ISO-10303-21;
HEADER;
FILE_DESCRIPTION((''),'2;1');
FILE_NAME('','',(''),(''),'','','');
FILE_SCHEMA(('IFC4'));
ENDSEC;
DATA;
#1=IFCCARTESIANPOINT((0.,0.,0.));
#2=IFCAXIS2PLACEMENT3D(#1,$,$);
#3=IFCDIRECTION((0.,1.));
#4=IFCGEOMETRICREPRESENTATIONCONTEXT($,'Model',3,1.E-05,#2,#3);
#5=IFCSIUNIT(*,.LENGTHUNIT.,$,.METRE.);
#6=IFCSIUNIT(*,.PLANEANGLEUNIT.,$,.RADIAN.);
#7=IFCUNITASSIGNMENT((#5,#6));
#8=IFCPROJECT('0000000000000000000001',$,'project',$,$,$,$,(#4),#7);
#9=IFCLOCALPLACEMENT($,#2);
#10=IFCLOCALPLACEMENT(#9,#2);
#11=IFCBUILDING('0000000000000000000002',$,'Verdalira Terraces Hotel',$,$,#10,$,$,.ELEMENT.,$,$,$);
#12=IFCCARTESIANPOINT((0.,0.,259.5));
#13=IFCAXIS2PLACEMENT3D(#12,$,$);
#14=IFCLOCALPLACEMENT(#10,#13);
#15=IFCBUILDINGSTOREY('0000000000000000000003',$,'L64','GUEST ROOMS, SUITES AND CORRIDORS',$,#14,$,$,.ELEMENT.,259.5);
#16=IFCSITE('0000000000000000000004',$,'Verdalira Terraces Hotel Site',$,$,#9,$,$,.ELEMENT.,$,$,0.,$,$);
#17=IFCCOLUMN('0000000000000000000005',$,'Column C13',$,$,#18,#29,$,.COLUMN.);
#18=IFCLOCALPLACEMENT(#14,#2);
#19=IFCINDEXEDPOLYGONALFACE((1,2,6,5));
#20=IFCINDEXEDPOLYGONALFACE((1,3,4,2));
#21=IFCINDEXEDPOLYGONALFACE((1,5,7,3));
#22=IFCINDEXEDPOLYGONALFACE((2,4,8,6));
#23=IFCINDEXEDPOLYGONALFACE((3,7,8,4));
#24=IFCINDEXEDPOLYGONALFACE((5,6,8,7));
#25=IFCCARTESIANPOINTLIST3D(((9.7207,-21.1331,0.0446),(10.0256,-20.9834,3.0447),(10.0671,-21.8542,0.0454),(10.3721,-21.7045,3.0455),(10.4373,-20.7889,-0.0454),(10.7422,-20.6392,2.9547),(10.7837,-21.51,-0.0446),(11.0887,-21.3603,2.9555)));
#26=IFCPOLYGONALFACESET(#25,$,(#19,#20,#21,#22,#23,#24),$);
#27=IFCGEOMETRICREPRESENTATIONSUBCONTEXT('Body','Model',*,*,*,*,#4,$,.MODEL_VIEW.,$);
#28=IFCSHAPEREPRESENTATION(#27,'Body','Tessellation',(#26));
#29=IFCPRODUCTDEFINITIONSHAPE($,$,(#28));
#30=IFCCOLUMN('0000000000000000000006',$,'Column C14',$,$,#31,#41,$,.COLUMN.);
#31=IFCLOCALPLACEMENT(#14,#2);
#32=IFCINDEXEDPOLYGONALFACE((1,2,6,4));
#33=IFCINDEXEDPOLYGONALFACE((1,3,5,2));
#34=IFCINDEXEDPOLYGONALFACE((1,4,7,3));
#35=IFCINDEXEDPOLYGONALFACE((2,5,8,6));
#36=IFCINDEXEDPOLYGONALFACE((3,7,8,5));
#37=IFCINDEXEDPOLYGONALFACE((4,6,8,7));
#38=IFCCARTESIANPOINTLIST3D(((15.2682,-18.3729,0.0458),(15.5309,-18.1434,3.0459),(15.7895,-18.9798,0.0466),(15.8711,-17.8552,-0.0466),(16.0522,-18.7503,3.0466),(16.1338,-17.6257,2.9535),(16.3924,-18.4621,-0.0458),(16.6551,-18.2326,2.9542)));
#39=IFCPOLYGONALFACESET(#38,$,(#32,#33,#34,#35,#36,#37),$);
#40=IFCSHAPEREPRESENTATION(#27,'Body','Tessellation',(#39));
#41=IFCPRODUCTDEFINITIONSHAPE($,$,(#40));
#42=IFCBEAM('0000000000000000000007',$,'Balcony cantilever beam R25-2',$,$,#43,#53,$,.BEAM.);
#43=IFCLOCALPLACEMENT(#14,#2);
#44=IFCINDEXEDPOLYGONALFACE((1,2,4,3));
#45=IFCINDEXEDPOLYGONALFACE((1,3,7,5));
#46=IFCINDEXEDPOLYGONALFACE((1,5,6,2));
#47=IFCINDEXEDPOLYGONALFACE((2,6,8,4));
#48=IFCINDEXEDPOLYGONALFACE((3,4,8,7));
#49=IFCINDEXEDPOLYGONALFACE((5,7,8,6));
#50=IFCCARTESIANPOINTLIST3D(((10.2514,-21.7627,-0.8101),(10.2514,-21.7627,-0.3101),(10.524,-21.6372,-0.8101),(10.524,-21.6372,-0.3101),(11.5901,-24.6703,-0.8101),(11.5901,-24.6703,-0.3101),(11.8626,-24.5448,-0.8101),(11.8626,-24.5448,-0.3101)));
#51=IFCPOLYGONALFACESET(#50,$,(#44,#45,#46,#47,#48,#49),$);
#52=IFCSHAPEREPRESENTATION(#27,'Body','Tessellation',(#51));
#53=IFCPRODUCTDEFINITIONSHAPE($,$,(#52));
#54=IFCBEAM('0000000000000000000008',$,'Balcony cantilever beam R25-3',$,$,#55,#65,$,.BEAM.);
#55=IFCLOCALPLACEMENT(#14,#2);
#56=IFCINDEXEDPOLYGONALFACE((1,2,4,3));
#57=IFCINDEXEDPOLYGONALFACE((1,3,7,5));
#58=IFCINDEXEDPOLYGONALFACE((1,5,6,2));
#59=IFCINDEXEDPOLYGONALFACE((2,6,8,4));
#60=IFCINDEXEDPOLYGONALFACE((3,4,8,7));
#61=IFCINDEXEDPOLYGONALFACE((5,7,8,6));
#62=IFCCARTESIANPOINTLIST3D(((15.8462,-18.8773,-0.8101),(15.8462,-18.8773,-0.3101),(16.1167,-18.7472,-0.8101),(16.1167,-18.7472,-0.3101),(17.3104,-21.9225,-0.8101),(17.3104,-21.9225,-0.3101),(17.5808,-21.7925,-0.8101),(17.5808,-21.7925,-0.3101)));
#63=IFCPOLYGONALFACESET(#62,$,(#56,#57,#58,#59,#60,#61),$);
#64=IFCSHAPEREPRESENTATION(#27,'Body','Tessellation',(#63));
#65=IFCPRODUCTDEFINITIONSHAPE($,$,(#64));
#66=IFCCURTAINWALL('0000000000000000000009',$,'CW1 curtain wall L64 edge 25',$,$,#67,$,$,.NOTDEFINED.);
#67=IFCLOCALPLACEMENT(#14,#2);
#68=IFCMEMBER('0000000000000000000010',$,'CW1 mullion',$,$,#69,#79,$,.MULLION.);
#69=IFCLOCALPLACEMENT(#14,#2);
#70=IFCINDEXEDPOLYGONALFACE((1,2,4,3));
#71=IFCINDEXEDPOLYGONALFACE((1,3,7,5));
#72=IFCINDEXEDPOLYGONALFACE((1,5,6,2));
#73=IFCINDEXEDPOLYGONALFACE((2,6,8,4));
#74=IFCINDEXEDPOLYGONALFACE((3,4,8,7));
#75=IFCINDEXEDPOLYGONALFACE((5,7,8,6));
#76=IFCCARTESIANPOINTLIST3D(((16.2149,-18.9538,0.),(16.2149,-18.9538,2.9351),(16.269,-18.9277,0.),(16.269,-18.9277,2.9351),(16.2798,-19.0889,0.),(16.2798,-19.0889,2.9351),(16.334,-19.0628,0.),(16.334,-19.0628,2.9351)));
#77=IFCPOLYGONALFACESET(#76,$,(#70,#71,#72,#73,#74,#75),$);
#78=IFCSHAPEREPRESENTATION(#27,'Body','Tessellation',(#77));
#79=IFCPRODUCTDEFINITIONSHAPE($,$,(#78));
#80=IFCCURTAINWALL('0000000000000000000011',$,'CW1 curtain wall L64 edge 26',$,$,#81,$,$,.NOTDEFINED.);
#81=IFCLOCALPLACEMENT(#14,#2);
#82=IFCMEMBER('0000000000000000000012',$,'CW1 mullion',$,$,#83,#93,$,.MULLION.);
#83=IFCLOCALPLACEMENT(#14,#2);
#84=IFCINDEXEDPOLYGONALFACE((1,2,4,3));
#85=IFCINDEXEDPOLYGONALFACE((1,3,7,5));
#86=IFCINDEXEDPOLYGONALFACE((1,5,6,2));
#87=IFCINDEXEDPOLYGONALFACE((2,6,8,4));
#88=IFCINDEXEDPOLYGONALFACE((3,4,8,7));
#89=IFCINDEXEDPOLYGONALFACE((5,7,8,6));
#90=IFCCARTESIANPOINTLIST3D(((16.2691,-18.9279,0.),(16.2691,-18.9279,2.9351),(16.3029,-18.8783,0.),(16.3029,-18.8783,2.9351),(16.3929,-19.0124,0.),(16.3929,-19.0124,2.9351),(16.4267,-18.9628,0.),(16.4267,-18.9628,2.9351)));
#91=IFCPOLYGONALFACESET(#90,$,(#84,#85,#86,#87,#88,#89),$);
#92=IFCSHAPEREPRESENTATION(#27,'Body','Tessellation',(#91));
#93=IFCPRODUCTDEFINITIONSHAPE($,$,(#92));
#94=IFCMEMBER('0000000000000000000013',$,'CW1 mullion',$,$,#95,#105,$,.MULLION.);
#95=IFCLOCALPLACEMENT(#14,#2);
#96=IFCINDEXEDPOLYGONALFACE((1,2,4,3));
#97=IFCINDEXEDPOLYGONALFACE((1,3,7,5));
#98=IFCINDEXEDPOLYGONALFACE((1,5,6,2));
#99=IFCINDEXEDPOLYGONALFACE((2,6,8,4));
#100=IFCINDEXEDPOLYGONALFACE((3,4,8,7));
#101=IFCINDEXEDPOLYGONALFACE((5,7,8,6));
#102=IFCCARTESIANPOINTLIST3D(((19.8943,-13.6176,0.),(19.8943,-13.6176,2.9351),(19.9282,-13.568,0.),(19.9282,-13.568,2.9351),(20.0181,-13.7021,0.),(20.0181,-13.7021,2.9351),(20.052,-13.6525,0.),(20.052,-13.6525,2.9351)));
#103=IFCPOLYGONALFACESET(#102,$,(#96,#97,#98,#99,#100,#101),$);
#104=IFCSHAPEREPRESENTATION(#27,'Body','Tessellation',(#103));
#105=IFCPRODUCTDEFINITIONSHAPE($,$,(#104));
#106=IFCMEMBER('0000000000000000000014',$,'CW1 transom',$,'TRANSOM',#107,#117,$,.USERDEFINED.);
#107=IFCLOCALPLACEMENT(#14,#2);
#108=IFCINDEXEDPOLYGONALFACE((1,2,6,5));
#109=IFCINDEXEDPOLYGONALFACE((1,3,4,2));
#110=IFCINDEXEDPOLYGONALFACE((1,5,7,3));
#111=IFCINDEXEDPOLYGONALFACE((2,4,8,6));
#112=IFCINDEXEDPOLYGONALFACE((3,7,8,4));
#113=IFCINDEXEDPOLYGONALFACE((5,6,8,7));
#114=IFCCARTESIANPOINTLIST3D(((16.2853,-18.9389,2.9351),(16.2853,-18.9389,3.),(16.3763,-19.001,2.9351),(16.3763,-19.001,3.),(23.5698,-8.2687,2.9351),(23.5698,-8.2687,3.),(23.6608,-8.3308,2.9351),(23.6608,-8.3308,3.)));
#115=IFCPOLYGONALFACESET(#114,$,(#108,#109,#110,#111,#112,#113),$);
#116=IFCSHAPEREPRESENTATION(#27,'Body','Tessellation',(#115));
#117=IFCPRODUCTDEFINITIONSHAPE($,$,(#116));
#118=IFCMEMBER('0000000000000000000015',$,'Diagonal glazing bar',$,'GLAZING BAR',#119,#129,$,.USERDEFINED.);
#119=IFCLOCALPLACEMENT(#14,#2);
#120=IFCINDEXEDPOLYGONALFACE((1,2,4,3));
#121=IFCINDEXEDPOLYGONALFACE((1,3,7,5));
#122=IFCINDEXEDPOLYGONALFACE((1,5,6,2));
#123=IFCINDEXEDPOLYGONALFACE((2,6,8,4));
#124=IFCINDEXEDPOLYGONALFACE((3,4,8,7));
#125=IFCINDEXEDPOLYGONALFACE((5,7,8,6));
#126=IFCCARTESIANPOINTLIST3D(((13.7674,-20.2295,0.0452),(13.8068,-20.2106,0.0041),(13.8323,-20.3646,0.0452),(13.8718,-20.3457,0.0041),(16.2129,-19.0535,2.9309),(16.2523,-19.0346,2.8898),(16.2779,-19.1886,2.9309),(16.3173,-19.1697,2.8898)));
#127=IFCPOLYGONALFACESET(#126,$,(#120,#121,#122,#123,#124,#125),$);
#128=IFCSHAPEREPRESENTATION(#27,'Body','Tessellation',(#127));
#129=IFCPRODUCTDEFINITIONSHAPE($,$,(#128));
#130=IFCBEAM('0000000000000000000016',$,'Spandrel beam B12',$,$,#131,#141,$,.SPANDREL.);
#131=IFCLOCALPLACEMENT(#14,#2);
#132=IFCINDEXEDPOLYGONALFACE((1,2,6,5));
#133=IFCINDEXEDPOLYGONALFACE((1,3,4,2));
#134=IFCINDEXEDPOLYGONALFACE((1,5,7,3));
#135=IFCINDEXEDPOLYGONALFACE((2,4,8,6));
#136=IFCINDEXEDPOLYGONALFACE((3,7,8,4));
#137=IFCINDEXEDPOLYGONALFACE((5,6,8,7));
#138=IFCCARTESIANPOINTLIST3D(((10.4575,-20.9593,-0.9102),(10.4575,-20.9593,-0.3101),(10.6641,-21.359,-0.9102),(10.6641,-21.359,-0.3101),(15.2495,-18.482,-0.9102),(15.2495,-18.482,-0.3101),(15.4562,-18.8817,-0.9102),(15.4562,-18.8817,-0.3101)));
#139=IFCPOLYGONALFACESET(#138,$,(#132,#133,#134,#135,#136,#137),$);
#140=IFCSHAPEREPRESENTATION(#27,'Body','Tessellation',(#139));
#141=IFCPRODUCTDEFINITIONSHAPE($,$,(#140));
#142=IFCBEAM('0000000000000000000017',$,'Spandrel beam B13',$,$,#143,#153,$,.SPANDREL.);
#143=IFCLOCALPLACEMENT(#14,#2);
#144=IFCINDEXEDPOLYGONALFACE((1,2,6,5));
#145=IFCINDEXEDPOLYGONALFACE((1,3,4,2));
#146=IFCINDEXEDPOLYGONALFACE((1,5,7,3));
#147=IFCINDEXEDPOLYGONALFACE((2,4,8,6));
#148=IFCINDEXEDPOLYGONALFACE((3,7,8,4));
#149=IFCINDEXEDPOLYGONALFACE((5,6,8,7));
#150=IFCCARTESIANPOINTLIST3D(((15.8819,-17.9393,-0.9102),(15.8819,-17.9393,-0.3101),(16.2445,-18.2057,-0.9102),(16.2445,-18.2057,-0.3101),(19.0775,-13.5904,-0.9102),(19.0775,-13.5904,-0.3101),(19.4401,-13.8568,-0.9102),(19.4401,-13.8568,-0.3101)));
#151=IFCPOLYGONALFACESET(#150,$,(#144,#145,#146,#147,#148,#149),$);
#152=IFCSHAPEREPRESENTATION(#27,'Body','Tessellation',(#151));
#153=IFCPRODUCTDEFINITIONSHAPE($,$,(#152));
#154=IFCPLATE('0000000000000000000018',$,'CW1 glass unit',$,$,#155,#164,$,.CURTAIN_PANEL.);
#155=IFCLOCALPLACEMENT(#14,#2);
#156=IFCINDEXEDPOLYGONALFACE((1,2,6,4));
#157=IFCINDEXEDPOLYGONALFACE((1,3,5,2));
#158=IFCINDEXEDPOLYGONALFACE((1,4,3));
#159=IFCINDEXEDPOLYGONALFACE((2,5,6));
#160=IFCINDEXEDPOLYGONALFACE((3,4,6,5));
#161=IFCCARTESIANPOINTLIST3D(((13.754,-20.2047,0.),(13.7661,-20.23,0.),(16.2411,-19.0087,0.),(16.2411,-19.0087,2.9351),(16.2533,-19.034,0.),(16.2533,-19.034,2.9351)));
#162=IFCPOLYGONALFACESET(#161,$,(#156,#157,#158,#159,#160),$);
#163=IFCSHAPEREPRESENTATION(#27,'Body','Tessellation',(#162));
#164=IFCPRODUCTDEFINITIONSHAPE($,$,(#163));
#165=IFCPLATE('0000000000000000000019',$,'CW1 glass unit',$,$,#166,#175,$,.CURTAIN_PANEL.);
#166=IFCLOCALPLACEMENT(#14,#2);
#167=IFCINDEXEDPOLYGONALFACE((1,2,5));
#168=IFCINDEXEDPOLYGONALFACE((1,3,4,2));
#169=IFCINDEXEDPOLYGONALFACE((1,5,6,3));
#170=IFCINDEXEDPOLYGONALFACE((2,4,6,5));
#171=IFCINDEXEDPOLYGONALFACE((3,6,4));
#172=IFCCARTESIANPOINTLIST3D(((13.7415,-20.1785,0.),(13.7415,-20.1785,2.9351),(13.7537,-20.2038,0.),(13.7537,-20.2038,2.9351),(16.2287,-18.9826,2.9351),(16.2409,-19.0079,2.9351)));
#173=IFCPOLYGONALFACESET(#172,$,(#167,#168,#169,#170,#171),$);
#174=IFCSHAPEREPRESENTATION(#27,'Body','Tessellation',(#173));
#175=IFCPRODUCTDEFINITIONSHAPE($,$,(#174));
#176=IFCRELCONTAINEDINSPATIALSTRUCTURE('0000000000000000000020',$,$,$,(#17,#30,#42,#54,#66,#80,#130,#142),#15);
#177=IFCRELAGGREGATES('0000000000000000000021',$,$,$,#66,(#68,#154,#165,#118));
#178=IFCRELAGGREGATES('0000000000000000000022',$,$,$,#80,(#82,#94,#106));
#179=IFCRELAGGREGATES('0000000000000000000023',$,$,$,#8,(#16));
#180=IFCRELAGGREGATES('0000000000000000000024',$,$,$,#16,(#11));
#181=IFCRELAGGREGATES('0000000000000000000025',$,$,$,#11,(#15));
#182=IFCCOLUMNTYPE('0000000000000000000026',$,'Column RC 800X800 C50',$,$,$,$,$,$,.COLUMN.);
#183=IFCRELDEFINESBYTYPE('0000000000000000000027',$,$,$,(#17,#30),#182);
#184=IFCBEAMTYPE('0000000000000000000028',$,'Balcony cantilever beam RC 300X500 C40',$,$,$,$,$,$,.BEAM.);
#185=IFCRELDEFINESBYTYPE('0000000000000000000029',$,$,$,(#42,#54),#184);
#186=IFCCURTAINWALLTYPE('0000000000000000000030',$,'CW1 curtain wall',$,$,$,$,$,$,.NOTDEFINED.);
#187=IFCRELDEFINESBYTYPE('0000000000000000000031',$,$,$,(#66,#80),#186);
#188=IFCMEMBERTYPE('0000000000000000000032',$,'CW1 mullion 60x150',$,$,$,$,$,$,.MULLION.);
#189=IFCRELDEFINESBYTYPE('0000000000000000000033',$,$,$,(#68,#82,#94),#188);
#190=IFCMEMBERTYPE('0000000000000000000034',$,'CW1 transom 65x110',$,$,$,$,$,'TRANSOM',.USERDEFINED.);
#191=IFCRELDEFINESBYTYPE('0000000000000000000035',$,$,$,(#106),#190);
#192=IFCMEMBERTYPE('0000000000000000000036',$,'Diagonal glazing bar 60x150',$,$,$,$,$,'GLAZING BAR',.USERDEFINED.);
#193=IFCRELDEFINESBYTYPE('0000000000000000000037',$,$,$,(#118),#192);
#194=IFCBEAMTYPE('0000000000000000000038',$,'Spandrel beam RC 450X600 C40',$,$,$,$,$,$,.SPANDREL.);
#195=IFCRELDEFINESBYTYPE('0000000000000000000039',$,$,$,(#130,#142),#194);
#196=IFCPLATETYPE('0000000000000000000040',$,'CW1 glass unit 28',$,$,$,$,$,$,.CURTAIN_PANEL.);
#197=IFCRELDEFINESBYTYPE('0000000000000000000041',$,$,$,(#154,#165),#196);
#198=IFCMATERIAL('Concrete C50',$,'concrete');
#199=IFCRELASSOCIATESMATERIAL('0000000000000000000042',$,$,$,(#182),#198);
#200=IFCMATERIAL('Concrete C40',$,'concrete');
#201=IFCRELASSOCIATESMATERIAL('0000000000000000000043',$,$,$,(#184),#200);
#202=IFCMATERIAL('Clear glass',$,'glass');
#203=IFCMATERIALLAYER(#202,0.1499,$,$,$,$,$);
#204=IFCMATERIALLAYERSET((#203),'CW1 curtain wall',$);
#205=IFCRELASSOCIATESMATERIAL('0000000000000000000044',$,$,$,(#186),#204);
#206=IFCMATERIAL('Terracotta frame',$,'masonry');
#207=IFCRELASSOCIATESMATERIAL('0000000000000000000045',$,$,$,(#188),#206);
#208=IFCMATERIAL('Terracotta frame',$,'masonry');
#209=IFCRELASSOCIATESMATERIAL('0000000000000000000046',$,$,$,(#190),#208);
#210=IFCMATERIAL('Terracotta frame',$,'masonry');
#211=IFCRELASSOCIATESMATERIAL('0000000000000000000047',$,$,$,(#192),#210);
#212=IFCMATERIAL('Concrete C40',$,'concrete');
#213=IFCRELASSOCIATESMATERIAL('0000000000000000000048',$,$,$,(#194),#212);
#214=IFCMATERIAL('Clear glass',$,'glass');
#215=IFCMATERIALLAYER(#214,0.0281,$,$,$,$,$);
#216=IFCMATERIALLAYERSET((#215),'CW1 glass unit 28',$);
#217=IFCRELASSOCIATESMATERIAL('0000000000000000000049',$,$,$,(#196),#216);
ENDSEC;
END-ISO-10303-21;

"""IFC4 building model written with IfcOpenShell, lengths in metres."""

from ifc_helpers import new_model, si_unit, direction, frame, origin, origin_2d, place, context, subcontext, project, spatial, polyline, rectangle, outline, extrude, material, layer, layer_set, material_profile, profile_set, type_object, element, aggregate, save


model = new_model("IFC4")

# Units and contexts
model_context = context("Model", 3, precision=1e-05, world=origin(), true_north=direction((0.0, 1.0)))
body_context = subcontext(model_context, "Body", "Model", "MODEL_VIEW")
ifc_project = project(units=[si_unit("LENGTHUNIT", "METRE"), si_unit("PLANEANGLEUNIT", "RADIAN")], contexts=[model_context])

# Site, building, storey
site_placement = place(None, origin())
site = spatial("IfcSite", under=ifc_project, at=site_placement, Name="Verdalira Terraces Hotel Site", CompositionType="ELEMENT", RefElevation=0.0)
building_placement = place(site_placement, origin())
building = spatial("IfcBuilding", under=site, at=building_placement, Name="Verdalira Terraces Hotel", CompositionType="ELEMENT")
storey_placement = place(building_placement, frame((0.0, 0.0, 259.5)))
storey = spatial("IfcBuildingStorey", under=building, at=storey_placement, Name="L64", Description="GUEST ROOMS, SUITES AND CORRIDORS", CompositionType="ELEMENT", Elevation=259.5)

# Columns
ifc_material_1 = material(Name="Concrete C50", Category="concrete")
ifc_material_profile_1 = material_profile(ifc_material_1, rectangle(XDim=0.8, YDim=0.8, at=origin_2d()), Name="RC 800X800")
ifc_profile_set_1 = profile_set([ifc_material_profile_1], Name="Concrete C50")
column_type = type_object("IfcColumnType", Name="Column RC 800X800 C50", PredefinedType="COLUMN", material=ifc_profile_set_1)
column_1_placement = place(storey_placement, frame((10.2522, -21.3215, 0.0), z_axis=(0.100999, 0.049569, 0.993651), x_axis=(0.895693, 0.430207, -0.112503)))
element("IfcColumn", 1, at=column_1_placement, inside=storey, type_object=column_type, Name="Column C13", PredefinedType="COLUMN", context=body_context, shape_type="SweptSolid", body=[
    extrude(rectangle(XDim=0.8, YDim=0.8, at=origin_2d()), origin(), (0.0, 0.0, 1.0), 3.0193),
])
column_2_placement = place(storey_placement, frame((15.8303, -18.4175, 0.0), z_axis=(0.086979, 0.075985, 0.993308), x_axis=(-0.753579, -0.647133, 0.115491)))
element("IfcColumn", 2, at=column_2_placement, inside=storey, type_object=column_type, Name="Column C14", PredefinedType="COLUMN", context=body_context, shape_type="SweptSolid", body=[
    extrude(rectangle(XDim=0.8, YDim=0.8, at=origin_2d()), origin(), (0.0, 0.0, 1.0), 3.0203),
])

# Beams
ifc_material_2 = material(Name="Concrete C40", Category="concrete")
ifc_material_profile_2 = material_profile(ifc_material_2, rectangle(XDim=0.3, YDim=0.5, at=origin_2d()), Name="RC 300X500")
ifc_profile_set_2 = profile_set([ifc_material_profile_2], Name="Concrete C40")
beam_type_1 = type_object("IfcBeamType", Name="Balcony cantilever beam RC 300X500 C40", PredefinedType="BEAM", material=ifc_profile_set_2)
beam_1_placement = place(storey_placement, frame((10.3877, -21.7, -0.5601), z_axis=(0.418212, -0.90835, 0.0), x_axis=(0.90835, 0.418212, 0.0)))
element("IfcBeam", 3, at=beam_1_placement, inside=storey, type_object=beam_type_1, Name="Balcony cantilever beam R25-2", PredefinedType="BEAM", context=body_context, shape_type="SweptSolid", body=[
    extrude(rectangle(XDim=0.3, YDim=0.5, at=origin_2d()), origin(), (0.0, 0.0, 1.0), 3.2009),
])
beam_2_placement = place(storey_placement, frame((15.9814, -18.8123, -0.5601), z_axis=(0.433316, -0.901242, 0.0), x_axis=(0.901242, 0.433316, 0.0)))
element("IfcBeam", 4, at=beam_2_placement, inside=storey, type_object=beam_type_1, Name="Balcony cantilever beam R25-3", PredefinedType="BEAM", context=body_context, shape_type="SweptSolid", body=[
    extrude(rectangle(XDim=0.3, YDim=0.5, at=origin_2d()), origin(), (0.0, 0.0, 1.0), 3.3789),
])

# Curtain wall, member
ifc_material_3 = material(Name="Clear glass", Category="glass")
ifc_layer_1 = layer(ifc_material_3, 0.1499)
ifc_layer_set_1 = layer_set([ifc_layer_1], Name="CW1 curtain wall")
curtain_wall_type = type_object("IfcCurtainWallType", Name="CW1 curtain wall", PredefinedType="NOTDEFINED", material=ifc_layer_set_1)
curtain_wall_1_placement = place(storey_placement, origin())
curtain_wall_1 = element("IfcCurtainWall", 5, at=curtain_wall_1_placement, inside=storey, type_object=curtain_wall_type, Name="CW1 curtain wall L64 edge 25", PredefinedType="NOTDEFINED")
ifc_material_4 = material(Name="Terracotta frame", Category="masonry")
ifc_material_profile_3 = material_profile(ifc_material_4, rectangle(XDim=0.0601, YDim=0.1499, at=origin_2d()), Name="MU 60x150")
ifc_profile_set_3 = profile_set([ifc_material_profile_3], Name="Terracotta frame")
member_type_1 = type_object("IfcMemberType", Name="CW1 mullion 60x150", PredefinedType="MULLION", material=ifc_profile_set_3)
member_1_placement = place(storey_placement, frame((16.2744, -19.0083, 0.0), z_axis=(0.0, 0.0, 1.0), x_axis=(0.901228, 0.433345, 0.0)))
member_1 = element("IfcMember", 6, at=member_1_placement, type_object=member_type_1, Name="CW1 mullion", PredefinedType="MULLION", context=body_context, shape_type="SweptSolid", body=[
    extrude(rectangle(XDim=0.0601, YDim=0.1499, at=origin_2d()), origin(), (0.0, 0.0, 1.0), 2.9351),
])

# Curtain wall, members
curtain_wall_2_placement = place(storey_placement, origin())
curtain_wall_2 = element("IfcCurtainWall", 7, at=curtain_wall_2_placement, inside=storey, type_object=curtain_wall_type, Name="CW1 curtain wall L64 edge 26", PredefinedType="NOTDEFINED")
member_2_placement = place(storey_placement, frame((16.3479, -18.9453, 0.0), z_axis=(0.0, 0.0, 1.0), x_axis=(0.563814, 0.825902, 0.0)))
member_2 = element("IfcMember", 8, at=member_2_placement, type_object=member_type_1, Name="CW1 mullion", PredefinedType="MULLION", context=body_context, shape_type="SweptSolid", body=[
    extrude(rectangle(XDim=0.0601, YDim=0.1499, at=origin_2d()), origin(), (0.0, 0.0, 1.0), 2.9351),
])
member_3_placement = place(storey_placement, frame((19.9731, -13.635, 0.0), z_axis=(0.0, 0.0, 1.0), x_axis=(0.563814, 0.825902, 0.0)))
member_3 = element("IfcMember", 9, at=member_3_placement, type_object=member_type_1, Name="CW1 mullion", PredefinedType="MULLION", context=body_context, shape_type="SweptSolid", body=[
    extrude(rectangle(XDim=0.0601, YDim=0.1499, at=origin_2d()), origin(), (0.0, 0.0, 1.0), 2.9351),
])
ifc_material_5 = material(Name="Terracotta frame", Category="masonry")
ifc_material_profile_4 = material_profile(ifc_material_5, rectangle(XDim=0.1101, YDim=0.0649, at=origin_2d()), Name="TR 65x110")
ifc_profile_set_4 = profile_set([ifc_material_profile_4], Name="Terracotta frame")
member_type_2 = type_object("IfcMemberType", Name="CW1 transom 65x110", ElementType="TRANSOM", PredefinedType="USERDEFINED", material=ifc_profile_set_4)
member_4_placement = place(storey_placement, frame((16.3308, -18.97, 2.9675), z_axis=(0.563829, 0.825892, 0.0), x_axis=(-0.825892, 0.563829, 0.0)))
member_4 = element("IfcMember", 10, at=member_4_placement, type_object=member_type_2, Name="CW1 transom", ObjectType="TRANSOM", PredefinedType="USERDEFINED", context=body_context, shape_type="SweptSolid", body=[
    extrude(rectangle(XDim=0.1101, YDim=0.0649, at=origin_2d()), origin(), (0.0, 0.0, 1.0), 12.9197),
])

# Member
ifc_material_6 = material(Name="Terracotta frame", Category="masonry")
ifc_material_profile_5 = material_profile(ifc_material_6, rectangle(XDim=0.1499, YDim=0.0601, at=origin_2d()), Name="GB 60x150")
ifc_profile_set_5 = profile_set([ifc_material_profile_5], Name="Terracotta frame")
member_type_3 = type_object("IfcMemberType", Name="Diagonal glazing bar 60x150", ElementType="GLAZING BAR", PredefinedType="USERDEFINED", material=ifc_profile_set_5)
member_5_placement = place(storey_placement, frame((13.8196, -20.2876, 0.0247), z_axis=(0.617374, 0.296884, 0.728498), x_axis=(-0.433377, 0.901213, 0.0)))
member_5 = element("IfcMember", 11, at=member_5_placement, type_object=member_type_3, Name="Diagonal glazing bar", ObjectType="GLAZING BAR", PredefinedType="USERDEFINED", context=body_context, shape_type="SweptSolid", body=[
    extrude(rectangle(XDim=0.1499, YDim=0.0601, at=origin_2d()), origin(), (0.0, 0.0, 1.0), 3.9612),
])

# Beams
ifc_material_7 = material(Name="Concrete C40", Category="concrete")
ifc_material_profile_6 = material_profile(ifc_material_7, rectangle(XDim=0.45, YDim=0.6001, at=origin_2d()), Name="RC 450X600")
ifc_profile_set_6 = profile_set([ifc_material_profile_6], Name="Concrete C40")
beam_type_2 = type_object("IfcBeamType", Name="Spandrel beam RC 450X600 C40", PredefinedType="SPANDREL", material=ifc_profile_set_6)
beam_3_placement = place(storey_placement, frame((10.5608, -21.1592, -0.6101), z_axis=(0.888318, 0.45923, 0.0), x_axis=(-0.45923, 0.888318, 0.0)))
element("IfcBeam", 12, at=beam_3_placement, inside=storey, type_object=beam_type_2, Name="Spandrel beam B12", PredefinedType="SPANDREL", context=body_context, shape_type="SweptSolid", body=[
    extrude(rectangle(XDim=0.45, YDim=0.6001, at=origin_2d()), origin(), (0.0, 0.0, 1.0), 5.3945),
])
beam_4_placement = place(storey_placement, frame((16.0632, -18.0725, -0.6101), z_axis=(0.592132, 0.805841, 0.0), x_axis=(-0.805841, 0.592132, 0.0)))
element("IfcBeam", 13, at=beam_4_placement, inside=storey, type_object=beam_type_2, Name="Spandrel beam B13", PredefinedType="SPANDREL", context=body_context, shape_type="SweptSolid", body=[
    extrude(rectangle(XDim=0.45, YDim=0.6001, at=origin_2d()), origin(), (0.0, 0.0, 1.0), 5.3967),
])

# Plates
ifc_material_8 = material(Name="Clear glass", Category="glass")
ifc_layer_2 = layer(ifc_material_8, 0.0281)
ifc_layer_set_2 = layer_set([ifc_layer_2], Name="CW1 glass unit 28")
plate_type = type_object("IfcPlateType", Name="CW1 glass unit 28", PredefinedType="CURTAIN_PANEL", material=ifc_layer_set_2)
plate_1_placement = place(storey_placement, frame((14.9976, -19.6067, 1.4675), z_axis=(0.433345, -0.901228, 0.0), x_axis=(0.901228, 0.433345, 0.0)))
plate_1 = element("IfcPlate", 14, at=plate_1_placement, type_object=plate_type, Name="CW1 glass unit", PredefinedType="CURTAIN_PANEL", context=body_context, shape_type="SweptSolid", body=[
    extrude(outline(polyline([(-1.3799, -1.4675), (1.3799, -1.4675), (1.3799, 1.4675), (-1.3799, -1.4675)])), origin(), (0.0, 0.0, 1.0), 0.0281),
])
plate_2_placement = place(storey_placement, frame((14.9851, -19.5806, 1.4675), z_axis=(0.433345, -0.901228, 0.0), x_axis=(0.901228, 0.433345, 0.0)))
plate_2 = element("IfcPlate", 15, at=plate_2_placement, type_object=plate_type, Name="CW1 glass unit", PredefinedType="CURTAIN_PANEL", context=body_context, shape_type="SweptSolid", body=[
    extrude(outline(polyline([(-1.3799, -1.4675), (1.3799, 1.4675), (-1.3799, 1.4675), (-1.3799, -1.4675)])), origin(), (0.0, 0.0, 1.0), 0.0281),
])
aggregate(curtain_wall_1, [member_1, plate_1, plate_2, member_5])
aggregate(curtain_wall_2, [member_2, member_3, member_4])

save(model, "model.ifc")
